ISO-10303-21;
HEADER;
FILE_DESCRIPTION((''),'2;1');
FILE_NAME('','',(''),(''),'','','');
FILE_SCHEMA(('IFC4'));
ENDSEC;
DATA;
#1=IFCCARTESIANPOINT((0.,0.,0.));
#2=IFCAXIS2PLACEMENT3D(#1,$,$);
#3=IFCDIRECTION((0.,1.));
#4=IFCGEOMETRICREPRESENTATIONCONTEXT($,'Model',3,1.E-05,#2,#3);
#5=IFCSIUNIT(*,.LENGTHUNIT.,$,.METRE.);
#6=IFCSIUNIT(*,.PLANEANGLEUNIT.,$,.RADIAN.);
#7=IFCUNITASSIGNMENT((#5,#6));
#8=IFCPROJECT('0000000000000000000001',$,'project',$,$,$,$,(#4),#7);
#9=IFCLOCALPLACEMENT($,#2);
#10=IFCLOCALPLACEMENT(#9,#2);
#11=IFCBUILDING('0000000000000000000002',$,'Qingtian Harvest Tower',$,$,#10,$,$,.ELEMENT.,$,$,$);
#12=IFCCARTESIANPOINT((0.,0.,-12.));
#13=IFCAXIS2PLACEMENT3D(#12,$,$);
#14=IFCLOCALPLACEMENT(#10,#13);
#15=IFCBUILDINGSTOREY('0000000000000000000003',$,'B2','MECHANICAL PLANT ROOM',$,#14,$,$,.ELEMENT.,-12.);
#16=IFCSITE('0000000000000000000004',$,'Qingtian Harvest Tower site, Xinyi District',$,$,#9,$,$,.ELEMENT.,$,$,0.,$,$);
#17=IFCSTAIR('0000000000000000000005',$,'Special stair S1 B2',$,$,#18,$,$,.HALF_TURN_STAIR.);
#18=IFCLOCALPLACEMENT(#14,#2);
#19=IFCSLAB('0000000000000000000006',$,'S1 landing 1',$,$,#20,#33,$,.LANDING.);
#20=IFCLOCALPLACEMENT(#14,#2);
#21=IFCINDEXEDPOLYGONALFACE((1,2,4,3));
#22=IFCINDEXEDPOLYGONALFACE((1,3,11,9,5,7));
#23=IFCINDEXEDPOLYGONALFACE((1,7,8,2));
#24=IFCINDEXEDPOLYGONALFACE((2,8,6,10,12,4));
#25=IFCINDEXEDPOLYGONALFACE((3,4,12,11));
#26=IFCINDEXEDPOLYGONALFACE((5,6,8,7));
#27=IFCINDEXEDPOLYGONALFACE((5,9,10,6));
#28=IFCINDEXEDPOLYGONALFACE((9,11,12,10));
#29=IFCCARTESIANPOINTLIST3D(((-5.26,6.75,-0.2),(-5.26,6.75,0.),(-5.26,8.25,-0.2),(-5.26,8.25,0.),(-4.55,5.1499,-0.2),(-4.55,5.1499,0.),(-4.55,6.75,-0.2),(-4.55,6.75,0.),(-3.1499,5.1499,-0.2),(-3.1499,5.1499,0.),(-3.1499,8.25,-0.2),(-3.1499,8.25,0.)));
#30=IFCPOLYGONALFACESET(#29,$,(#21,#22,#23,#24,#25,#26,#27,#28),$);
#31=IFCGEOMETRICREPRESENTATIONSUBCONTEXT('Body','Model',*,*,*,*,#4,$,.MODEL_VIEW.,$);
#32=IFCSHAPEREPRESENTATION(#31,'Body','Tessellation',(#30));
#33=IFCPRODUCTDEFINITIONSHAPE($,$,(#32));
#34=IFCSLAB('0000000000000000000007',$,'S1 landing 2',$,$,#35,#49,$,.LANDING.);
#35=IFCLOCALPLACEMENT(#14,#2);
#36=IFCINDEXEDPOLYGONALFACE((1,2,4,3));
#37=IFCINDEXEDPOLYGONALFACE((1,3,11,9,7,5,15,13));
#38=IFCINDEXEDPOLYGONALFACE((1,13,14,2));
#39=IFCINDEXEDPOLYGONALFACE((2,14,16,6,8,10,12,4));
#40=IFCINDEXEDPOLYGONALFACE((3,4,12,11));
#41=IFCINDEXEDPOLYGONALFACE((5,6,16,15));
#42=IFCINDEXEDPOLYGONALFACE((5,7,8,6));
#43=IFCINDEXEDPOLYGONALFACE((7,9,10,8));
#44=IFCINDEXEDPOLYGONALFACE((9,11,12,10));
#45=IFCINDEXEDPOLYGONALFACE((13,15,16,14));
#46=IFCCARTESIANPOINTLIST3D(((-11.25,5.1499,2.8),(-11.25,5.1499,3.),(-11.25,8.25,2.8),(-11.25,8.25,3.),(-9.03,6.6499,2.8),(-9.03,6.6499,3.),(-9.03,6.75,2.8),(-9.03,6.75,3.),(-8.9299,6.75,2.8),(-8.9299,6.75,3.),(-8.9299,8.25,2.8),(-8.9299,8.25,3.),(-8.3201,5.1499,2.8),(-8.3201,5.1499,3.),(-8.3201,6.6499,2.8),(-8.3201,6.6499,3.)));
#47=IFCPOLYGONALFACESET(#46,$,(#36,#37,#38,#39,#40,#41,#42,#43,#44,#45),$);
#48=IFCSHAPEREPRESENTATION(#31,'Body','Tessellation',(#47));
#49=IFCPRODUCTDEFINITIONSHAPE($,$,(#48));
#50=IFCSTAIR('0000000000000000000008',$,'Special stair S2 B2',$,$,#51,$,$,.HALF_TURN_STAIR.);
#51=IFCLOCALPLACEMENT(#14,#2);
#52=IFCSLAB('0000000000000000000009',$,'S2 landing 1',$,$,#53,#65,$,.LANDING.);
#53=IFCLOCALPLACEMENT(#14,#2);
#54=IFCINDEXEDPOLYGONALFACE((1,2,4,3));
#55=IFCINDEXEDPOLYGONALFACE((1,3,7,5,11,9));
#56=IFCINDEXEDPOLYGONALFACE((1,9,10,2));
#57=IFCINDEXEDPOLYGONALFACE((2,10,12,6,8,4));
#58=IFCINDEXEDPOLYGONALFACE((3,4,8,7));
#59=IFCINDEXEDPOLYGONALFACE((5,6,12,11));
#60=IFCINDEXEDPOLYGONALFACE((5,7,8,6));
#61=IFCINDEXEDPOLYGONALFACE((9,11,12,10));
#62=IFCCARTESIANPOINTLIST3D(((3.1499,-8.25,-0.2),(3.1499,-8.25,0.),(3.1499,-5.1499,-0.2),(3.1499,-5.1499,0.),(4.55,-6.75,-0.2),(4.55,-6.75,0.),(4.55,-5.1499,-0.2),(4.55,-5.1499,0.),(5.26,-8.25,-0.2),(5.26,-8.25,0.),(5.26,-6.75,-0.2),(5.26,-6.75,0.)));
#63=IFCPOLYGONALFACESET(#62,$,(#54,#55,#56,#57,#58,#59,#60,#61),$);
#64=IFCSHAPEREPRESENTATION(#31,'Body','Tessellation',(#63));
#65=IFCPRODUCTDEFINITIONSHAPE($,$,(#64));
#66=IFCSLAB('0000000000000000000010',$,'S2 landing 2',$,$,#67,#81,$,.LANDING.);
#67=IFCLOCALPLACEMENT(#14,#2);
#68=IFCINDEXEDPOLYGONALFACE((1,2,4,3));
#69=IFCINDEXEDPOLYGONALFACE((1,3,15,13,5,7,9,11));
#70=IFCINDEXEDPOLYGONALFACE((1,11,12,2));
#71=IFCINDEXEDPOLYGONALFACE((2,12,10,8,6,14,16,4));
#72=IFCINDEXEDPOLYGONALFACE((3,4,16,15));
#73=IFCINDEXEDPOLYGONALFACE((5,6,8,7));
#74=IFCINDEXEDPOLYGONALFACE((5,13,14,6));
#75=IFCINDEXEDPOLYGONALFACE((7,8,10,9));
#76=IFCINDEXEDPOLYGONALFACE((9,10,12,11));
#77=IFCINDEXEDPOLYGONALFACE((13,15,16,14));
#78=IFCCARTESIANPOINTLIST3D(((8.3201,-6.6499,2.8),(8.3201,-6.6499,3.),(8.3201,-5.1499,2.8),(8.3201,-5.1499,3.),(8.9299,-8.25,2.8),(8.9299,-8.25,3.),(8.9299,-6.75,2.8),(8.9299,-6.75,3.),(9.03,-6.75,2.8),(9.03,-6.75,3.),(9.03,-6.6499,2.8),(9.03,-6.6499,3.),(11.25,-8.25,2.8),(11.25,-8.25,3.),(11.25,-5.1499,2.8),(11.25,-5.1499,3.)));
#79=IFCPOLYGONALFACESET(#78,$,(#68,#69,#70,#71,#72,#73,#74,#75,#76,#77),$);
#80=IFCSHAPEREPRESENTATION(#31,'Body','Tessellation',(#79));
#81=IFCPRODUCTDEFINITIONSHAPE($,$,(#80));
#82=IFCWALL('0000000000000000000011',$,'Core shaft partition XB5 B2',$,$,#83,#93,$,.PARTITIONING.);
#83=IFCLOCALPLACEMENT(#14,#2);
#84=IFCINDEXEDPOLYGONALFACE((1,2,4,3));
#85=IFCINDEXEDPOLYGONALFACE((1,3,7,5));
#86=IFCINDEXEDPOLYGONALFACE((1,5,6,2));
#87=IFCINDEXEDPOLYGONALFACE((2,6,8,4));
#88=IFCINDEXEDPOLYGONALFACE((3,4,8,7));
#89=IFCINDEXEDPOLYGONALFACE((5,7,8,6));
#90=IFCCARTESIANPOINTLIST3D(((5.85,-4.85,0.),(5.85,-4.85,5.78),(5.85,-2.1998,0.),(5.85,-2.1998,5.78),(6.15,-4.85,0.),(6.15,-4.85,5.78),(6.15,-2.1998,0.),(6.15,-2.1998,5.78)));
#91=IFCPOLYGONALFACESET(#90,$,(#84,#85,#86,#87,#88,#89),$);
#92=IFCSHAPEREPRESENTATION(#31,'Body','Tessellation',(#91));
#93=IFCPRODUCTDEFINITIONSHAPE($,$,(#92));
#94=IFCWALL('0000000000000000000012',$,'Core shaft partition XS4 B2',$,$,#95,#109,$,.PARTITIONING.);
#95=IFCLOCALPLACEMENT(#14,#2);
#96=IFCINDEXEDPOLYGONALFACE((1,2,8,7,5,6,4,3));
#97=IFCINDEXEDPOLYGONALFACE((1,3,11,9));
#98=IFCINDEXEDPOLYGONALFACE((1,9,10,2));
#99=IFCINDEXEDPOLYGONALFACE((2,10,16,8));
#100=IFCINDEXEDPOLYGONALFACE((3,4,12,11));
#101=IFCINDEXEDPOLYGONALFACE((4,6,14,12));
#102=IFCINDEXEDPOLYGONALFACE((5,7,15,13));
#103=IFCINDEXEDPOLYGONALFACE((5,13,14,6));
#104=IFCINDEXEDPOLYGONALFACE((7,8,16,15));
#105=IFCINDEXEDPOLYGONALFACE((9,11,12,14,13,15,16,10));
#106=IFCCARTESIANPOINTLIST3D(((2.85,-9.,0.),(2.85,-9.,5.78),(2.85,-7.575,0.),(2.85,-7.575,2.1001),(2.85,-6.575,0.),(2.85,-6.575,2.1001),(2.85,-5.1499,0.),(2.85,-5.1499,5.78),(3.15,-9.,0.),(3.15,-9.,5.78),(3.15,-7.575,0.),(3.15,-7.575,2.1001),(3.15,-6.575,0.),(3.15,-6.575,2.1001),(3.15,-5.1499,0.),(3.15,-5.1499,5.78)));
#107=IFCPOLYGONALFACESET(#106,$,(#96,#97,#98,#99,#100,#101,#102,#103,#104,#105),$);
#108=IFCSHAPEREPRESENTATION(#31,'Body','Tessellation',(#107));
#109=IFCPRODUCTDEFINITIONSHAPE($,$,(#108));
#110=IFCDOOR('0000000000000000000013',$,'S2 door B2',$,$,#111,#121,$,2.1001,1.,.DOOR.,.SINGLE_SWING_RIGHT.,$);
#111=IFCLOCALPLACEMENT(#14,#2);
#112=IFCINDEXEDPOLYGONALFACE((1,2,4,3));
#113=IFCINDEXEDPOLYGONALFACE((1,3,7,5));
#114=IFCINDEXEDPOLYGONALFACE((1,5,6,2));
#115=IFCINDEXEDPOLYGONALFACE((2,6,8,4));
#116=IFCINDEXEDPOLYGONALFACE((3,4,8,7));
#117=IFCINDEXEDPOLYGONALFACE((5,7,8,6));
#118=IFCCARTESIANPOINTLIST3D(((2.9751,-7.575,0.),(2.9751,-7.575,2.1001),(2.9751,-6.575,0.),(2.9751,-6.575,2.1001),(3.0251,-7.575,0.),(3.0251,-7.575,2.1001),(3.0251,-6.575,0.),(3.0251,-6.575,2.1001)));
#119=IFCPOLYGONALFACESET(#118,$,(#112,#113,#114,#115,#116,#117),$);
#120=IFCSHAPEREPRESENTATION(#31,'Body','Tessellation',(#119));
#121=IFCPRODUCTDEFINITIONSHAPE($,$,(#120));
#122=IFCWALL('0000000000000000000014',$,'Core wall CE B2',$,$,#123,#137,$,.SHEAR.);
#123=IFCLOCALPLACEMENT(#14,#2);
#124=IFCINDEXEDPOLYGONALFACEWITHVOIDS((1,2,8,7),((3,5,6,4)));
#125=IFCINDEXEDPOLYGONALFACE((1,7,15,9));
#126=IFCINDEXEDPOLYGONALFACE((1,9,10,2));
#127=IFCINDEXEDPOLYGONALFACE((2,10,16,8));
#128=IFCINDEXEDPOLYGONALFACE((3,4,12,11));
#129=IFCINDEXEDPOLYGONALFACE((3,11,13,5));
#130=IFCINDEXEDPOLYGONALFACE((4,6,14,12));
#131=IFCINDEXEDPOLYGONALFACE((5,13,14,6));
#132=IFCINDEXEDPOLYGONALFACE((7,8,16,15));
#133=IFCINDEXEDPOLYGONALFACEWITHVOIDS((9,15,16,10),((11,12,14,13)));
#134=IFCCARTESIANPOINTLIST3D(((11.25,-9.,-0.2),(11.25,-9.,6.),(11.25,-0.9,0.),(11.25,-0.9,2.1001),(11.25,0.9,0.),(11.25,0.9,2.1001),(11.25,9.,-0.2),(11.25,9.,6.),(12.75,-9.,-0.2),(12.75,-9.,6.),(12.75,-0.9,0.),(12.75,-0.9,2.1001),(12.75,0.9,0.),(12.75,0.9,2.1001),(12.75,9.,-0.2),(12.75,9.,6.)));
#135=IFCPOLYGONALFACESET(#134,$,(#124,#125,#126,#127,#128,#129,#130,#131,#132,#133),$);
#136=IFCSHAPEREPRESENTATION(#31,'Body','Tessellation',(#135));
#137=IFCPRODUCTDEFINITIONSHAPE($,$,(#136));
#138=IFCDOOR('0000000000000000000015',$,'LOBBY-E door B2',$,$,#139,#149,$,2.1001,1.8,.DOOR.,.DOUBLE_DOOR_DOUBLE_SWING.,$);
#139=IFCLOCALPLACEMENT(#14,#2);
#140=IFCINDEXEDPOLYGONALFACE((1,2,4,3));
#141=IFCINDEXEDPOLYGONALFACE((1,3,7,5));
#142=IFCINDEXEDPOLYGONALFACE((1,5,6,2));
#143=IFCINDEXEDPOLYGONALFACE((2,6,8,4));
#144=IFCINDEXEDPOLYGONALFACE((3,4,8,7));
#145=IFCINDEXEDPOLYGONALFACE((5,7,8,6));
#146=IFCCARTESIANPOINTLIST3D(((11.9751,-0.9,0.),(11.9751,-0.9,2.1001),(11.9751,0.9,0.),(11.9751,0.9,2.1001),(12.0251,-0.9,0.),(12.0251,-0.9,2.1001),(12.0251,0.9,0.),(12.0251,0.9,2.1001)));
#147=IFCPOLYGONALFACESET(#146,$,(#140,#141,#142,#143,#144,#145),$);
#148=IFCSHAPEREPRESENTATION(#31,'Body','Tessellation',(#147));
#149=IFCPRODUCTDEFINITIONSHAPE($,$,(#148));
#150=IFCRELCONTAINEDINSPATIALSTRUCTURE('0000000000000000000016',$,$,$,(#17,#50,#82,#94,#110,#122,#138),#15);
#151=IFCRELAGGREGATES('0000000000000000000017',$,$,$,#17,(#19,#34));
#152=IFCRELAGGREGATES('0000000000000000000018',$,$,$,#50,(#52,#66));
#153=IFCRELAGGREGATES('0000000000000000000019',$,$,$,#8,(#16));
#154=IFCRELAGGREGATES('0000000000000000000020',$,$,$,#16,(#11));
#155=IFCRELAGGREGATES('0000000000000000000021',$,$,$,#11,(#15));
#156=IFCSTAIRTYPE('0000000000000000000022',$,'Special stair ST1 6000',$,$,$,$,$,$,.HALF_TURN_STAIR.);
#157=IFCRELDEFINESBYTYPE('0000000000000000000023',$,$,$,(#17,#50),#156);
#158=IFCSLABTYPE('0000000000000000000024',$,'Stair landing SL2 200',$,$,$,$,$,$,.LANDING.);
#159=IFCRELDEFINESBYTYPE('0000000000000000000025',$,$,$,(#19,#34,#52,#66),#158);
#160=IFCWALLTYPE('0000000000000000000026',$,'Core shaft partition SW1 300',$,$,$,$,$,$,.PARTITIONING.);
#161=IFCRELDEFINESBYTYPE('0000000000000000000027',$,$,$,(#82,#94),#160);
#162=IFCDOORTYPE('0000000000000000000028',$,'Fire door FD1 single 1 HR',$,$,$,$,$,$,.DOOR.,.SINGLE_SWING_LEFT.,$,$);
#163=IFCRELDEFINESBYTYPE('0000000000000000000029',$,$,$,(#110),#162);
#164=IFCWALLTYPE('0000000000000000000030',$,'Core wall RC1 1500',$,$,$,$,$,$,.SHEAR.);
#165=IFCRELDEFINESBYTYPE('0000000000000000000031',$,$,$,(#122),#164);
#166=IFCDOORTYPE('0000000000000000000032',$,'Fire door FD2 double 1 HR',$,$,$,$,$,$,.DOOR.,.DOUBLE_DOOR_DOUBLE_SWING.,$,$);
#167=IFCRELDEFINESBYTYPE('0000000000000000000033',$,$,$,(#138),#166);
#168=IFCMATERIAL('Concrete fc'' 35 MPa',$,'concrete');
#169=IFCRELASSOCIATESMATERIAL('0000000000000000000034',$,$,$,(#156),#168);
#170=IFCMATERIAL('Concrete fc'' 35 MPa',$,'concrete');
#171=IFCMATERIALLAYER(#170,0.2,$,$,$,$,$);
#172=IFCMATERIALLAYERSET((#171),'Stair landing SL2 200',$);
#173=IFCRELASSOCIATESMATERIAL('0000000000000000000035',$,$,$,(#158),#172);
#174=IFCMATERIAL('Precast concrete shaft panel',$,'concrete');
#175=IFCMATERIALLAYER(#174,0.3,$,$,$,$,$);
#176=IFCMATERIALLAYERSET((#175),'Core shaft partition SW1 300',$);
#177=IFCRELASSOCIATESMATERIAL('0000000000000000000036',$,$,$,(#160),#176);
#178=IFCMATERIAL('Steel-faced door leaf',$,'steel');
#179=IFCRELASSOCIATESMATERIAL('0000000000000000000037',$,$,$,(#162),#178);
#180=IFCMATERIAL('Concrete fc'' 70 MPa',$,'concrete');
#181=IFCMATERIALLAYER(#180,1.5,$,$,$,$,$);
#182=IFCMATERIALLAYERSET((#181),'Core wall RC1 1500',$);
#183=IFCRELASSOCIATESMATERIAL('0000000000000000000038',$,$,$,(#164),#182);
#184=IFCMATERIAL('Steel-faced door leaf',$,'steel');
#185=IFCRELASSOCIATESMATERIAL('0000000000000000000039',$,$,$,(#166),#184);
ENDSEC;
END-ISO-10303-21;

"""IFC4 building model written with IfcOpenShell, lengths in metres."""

from ifc_helpers import new_model, si_unit, direction, frame, frame_2d, origin, place, context, subcontext, project, spatial, polyline, rectangle, outline, extrude, material, layer, layer_set, type_object, element, fill, aggregate, save


model = new_model("IFC4")

# Units and contexts
model_context = context("Model", 3, precision=1e-05, world=origin(), true_north=direction((0.0, 1.0)))
body_context = subcontext(model_context, "Body", "Model", "MODEL_VIEW")
ifc_project = project(units=[si_unit("LENGTHUNIT", "METRE"), si_unit("PLANEANGLEUNIT", "RADIAN")], contexts=[model_context])

# Site, building, storey
site_placement = place(None, origin())
site = spatial("IfcSite", under=ifc_project, at=site_placement, Name="Qingtian Harvest Tower site, Xinyi District", CompositionType="ELEMENT", RefElevation=0.0)
building_placement = place(site_placement, origin())
building = spatial("IfcBuilding", under=site, at=building_placement, Name="Qingtian Harvest Tower", CompositionType="ELEMENT")
storey_placement = place(building_placement, frame((0.0, 0.0, -12.0)))
storey = spatial("IfcBuildingStorey", under=building, at=storey_placement, Name="B2", Description="MECHANICAL PLANT ROOM", CompositionType="ELEMENT", Elevation=-12.0)

# Stairs, slabs
ifc_material_1 = material(Name="Concrete fc' 35 MPa", Category="concrete")
stair_type = type_object("IfcStairType", Name="Special stair ST1 6000", PredefinedType="HALF_TURN_STAIR", material=ifc_material_1)
stair_1_placement = place(storey_placement, origin())
stair_1 = element("IfcStair", 1, at=stair_1_placement, inside=storey, type_object=stair_type, Name="Special stair S1 B2", PredefinedType="HALF_TURN_STAIR")
ifc_material_2 = material(Name="Concrete fc' 35 MPa", Category="concrete")
ifc_layer_1 = layer(ifc_material_2, 0.2)
ifc_layer_set_1 = layer_set([ifc_layer_1], Name="Stair landing SL2 200")
slab_type_1 = type_object("IfcSlabType", Name="Stair landing SL2 200", PredefinedType="LANDING", material=ifc_layer_set_1)
slab_1_placement = place(storey_placement, frame((0.0, 0.0, -0.2)))
slab_1 = element("IfcSlab", 2, at=slab_1_placement, type_object=slab_type_1, Name="S1 landing 1", PredefinedType="LANDING", context=body_context, shape_type="SweptSolid", body=[
    extrude(outline(polyline([(-3.1499, 5.1499), (-4.55, 5.1499), (-4.55, 6.75), (-5.26, 6.75), (-5.26, 8.25), (-3.1499, 8.25), (-3.1499, 5.1499)])), origin(), (0.0, 0.0, 1.0), 0.2),
])
slab_2_placement = place(storey_placement, frame((0.0, 0.0, 2.8)))
slab_2 = element("IfcSlab", 3, at=slab_2_placement, type_object=slab_type_1, Name="S1 landing 2", PredefinedType="LANDING", context=body_context, shape_type="SweptSolid", body=[
    extrude(outline(polyline([(-8.3201, 5.1499), (-11.25, 5.1499), (-11.25, 8.25), (-8.9299, 8.25), (-8.9299, 6.75), (-9.03, 6.75), (-9.03, 6.6499), (-8.3201, 6.6499), (-8.3201, 5.1499)])), origin(), (0.0, 0.0, 1.0), 0.2),
])
aggregate(stair_1, [slab_1, slab_2])
stair_2_placement = place(storey_placement, origin())
stair_2 = element("IfcStair", 4, at=stair_2_placement, inside=storey, type_object=stair_type, Name="Special stair S2 B2", PredefinedType="HALF_TURN_STAIR")
slab_3_placement = place(storey_placement, frame((0.0, 0.0, -0.2)))
slab_3 = element("IfcSlab", 5, at=slab_3_placement, type_object=slab_type_1, Name="S2 landing 1", PredefinedType="LANDING", context=body_context, shape_type="SweptSolid", body=[
    extrude(outline(polyline([(5.26, -8.25), (3.1499, -8.25), (3.1499, -5.1499), (4.55, -5.1499), (4.55, -6.75), (5.26, -6.75), (5.26, -8.25)])), origin(), (0.0, 0.0, 1.0), 0.2),
])
slab_4_placement = place(storey_placement, frame((0.0, 0.0, 2.8)))
slab_4 = element("IfcSlab", 6, at=slab_4_placement, type_object=slab_type_1, Name="S2 landing 2", PredefinedType="LANDING", context=body_context, shape_type="SweptSolid", body=[
    extrude(outline(polyline([(8.9299, -8.25), (8.9299, -6.75), (9.03, -6.75), (9.03, -6.6499), (8.3201, -6.6499), (8.3201, -5.1499), (11.25, -5.1499), (11.25, -8.25), (8.9299, -8.25)])), origin(), (0.0, 0.0, 1.0), 0.2),
])

# Wall
ifc_material_3 = material(Name="Precast concrete shaft panel", Category="concrete")
ifc_layer_2 = layer(ifc_material_3, 0.3)
ifc_layer_set_2 = layer_set([ifc_layer_2], Name="Core shaft partition SW1 300")
wall_type_1 = type_object("IfcWallType", Name="Core shaft partition SW1 300", PredefinedType="PARTITIONING", material=ifc_layer_set_2)
wall_1_placement = place(storey_placement, frame((6.0, -4.8501, 0.0), z_axis=(0.0, 0.0, 1.0), x_axis=(0.0, 1.0, 0.0)))
element("IfcWall", 7, at=wall_1_placement, inside=storey, type_object=wall_type_1, Name="Core shaft partition XB5 B2", PredefinedType="PARTITIONING", context=body_context, shape_type="SweptSolid", body=[
    extrude(rectangle(XDim=2.6501, YDim=0.3, at=frame_2d((1.3252, 0.0))), origin(), (0.0, 0.0, 1.0), 5.78),
])

# Walls, openings, doors
wall_2_placement = place(storey_placement, frame((3.0, -9.0, 0.0), z_axis=(0.0, 0.0, 1.0), x_axis=(0.0, 1.0, 0.0)))
wall_2 = element("IfcWall", 8, at=wall_2_placement, inside=storey, type_object=wall_type_1, Name="Core shaft partition XS4 B2", PredefinedType="PARTITIONING", context=body_context, shape_type="SweptSolid", body=[
    extrude(rectangle(XDim=3.8501, YDim=0.3, at=frame_2d((1.925, 0.0))), origin(), (0.0, 0.0, 1.0), 5.78),
])
opening_1_placement = place(wall_2_placement, frame((1.425, 0.0, 0.0)))
opening_1 = element("IfcOpeningElement", 9, at=opening_1_placement, cuts=wall_2, PredefinedType="OPENING", context=body_context, shape_type="SweptSolid", body=[
    extrude(rectangle(XDim=1.0, YDim=2.1001, at=frame_2d((0.5, 1.05))), frame((0.0, 0.1599, 0.0), z_axis=(0.0, -1.0, 0.0), x_axis=(1.0, 0.0, 0.0)), (0.0, 0.0, 1.0), 0.3201),
])
ifc_material_4 = material(Name="Steel-faced door leaf", Category="steel")
door_type_1 = type_object("IfcDoorType", Name="Fire door FD1 single 1 HR", OperationType="SINGLE_SWING_LEFT", PredefinedType="DOOR", material=ifc_material_4)
door_1_placement = place(opening_1_placement, origin())
door_1 = element("IfcDoor", 10, at=door_1_placement, inside=storey, type_object=door_type_1, Name="S2 door B2", OperationType="SINGLE_SWING_RIGHT", OverallHeight=2.1001, OverallWidth=1.0, PredefinedType="DOOR", context=body_context, shape_type="SweptSolid", body=[
    extrude(rectangle(XDim=1.0, YDim=2.1001, at=frame_2d((0.5, 1.05))), frame((0.0, 0.0249, 0.0), z_axis=(0.0, -1.0, 0.0), x_axis=(1.0, 0.0, 0.0)), (0.0, 0.0, 1.0), 0.05),
])
fill(opening_1, door_1)
ifc_material_5 = material(Name="Concrete fc' 70 MPa", Category="concrete")
ifc_layer_3 = layer(ifc_material_5, 1.5)
ifc_layer_set_3 = layer_set([ifc_layer_3], Name="Core wall RC1 1500")
wall_type_2 = type_object("IfcWallType", Name="Core wall RC1 1500", PredefinedType="SHEAR", material=ifc_layer_set_3)
wall_3_placement = place(storey_placement, frame((12.0, -9.0, -0.2), z_axis=(0.0, 0.0, 1.0), x_axis=(0.0, 1.0, 0.0)))
wall_3 = element("IfcWall", 11, at=wall_3_placement, inside=storey, type_object=wall_type_2, Name="Core wall CE B2", PredefinedType="SHEAR", context=body_context, shape_type="SweptSolid", body=[
    extrude(rectangle(XDim=18.0, YDim=1.5, at=frame_2d((9.0, 0.0))), origin(), (0.0, 0.0, 1.0), 6.2),
])
opening_2_placement = place(wall_3_placement, frame((8.1001, 0.0, 0.2)))
opening_2 = element("IfcOpeningElement", 12, at=opening_2_placement, cuts=wall_3, PredefinedType="OPENING", context=body_context, shape_type="SweptSolid", body=[
    extrude(rectangle(XDim=1.8, YDim=2.1001, at=frame_2d((0.8999, 1.05))), frame((0.0, 0.76, 0.0), z_axis=(0.0, -1.0, 0.0), x_axis=(1.0, 0.0, 0.0)), (0.0, 0.0, 1.0), 1.52),
])
ifc_material_6 = material(Name="Steel-faced door leaf", Category="steel")
door_type_2 = type_object("IfcDoorType", Name="Fire door FD2 double 1 HR", OperationType="DOUBLE_DOOR_DOUBLE_SWING", PredefinedType="DOOR", material=ifc_material_6)
door_2_placement = place(opening_2_placement, origin())
door_2 = element("IfcDoor", 13, at=door_2_placement, inside=storey, type_object=door_type_2, Name="LOBBY-E door B2", OperationType="DOUBLE_DOOR_DOUBLE_SWING", OverallHeight=2.1001, OverallWidth=1.8, PredefinedType="DOOR", context=body_context, shape_type="SweptSolid", body=[
    extrude(rectangle(XDim=1.8, YDim=2.1001, at=frame_2d((0.8999, 1.05))), frame((0.0, 0.0249, 0.0), z_axis=(0.0, -1.0, 0.0), x_axis=(1.0, 0.0, 0.0)), (0.0, 0.0, 1.0), 0.05),
])
fill(opening_2, door_2)

aggregate(stair_2, [slab_3, slab_4])

save(model, "model.ifc")
